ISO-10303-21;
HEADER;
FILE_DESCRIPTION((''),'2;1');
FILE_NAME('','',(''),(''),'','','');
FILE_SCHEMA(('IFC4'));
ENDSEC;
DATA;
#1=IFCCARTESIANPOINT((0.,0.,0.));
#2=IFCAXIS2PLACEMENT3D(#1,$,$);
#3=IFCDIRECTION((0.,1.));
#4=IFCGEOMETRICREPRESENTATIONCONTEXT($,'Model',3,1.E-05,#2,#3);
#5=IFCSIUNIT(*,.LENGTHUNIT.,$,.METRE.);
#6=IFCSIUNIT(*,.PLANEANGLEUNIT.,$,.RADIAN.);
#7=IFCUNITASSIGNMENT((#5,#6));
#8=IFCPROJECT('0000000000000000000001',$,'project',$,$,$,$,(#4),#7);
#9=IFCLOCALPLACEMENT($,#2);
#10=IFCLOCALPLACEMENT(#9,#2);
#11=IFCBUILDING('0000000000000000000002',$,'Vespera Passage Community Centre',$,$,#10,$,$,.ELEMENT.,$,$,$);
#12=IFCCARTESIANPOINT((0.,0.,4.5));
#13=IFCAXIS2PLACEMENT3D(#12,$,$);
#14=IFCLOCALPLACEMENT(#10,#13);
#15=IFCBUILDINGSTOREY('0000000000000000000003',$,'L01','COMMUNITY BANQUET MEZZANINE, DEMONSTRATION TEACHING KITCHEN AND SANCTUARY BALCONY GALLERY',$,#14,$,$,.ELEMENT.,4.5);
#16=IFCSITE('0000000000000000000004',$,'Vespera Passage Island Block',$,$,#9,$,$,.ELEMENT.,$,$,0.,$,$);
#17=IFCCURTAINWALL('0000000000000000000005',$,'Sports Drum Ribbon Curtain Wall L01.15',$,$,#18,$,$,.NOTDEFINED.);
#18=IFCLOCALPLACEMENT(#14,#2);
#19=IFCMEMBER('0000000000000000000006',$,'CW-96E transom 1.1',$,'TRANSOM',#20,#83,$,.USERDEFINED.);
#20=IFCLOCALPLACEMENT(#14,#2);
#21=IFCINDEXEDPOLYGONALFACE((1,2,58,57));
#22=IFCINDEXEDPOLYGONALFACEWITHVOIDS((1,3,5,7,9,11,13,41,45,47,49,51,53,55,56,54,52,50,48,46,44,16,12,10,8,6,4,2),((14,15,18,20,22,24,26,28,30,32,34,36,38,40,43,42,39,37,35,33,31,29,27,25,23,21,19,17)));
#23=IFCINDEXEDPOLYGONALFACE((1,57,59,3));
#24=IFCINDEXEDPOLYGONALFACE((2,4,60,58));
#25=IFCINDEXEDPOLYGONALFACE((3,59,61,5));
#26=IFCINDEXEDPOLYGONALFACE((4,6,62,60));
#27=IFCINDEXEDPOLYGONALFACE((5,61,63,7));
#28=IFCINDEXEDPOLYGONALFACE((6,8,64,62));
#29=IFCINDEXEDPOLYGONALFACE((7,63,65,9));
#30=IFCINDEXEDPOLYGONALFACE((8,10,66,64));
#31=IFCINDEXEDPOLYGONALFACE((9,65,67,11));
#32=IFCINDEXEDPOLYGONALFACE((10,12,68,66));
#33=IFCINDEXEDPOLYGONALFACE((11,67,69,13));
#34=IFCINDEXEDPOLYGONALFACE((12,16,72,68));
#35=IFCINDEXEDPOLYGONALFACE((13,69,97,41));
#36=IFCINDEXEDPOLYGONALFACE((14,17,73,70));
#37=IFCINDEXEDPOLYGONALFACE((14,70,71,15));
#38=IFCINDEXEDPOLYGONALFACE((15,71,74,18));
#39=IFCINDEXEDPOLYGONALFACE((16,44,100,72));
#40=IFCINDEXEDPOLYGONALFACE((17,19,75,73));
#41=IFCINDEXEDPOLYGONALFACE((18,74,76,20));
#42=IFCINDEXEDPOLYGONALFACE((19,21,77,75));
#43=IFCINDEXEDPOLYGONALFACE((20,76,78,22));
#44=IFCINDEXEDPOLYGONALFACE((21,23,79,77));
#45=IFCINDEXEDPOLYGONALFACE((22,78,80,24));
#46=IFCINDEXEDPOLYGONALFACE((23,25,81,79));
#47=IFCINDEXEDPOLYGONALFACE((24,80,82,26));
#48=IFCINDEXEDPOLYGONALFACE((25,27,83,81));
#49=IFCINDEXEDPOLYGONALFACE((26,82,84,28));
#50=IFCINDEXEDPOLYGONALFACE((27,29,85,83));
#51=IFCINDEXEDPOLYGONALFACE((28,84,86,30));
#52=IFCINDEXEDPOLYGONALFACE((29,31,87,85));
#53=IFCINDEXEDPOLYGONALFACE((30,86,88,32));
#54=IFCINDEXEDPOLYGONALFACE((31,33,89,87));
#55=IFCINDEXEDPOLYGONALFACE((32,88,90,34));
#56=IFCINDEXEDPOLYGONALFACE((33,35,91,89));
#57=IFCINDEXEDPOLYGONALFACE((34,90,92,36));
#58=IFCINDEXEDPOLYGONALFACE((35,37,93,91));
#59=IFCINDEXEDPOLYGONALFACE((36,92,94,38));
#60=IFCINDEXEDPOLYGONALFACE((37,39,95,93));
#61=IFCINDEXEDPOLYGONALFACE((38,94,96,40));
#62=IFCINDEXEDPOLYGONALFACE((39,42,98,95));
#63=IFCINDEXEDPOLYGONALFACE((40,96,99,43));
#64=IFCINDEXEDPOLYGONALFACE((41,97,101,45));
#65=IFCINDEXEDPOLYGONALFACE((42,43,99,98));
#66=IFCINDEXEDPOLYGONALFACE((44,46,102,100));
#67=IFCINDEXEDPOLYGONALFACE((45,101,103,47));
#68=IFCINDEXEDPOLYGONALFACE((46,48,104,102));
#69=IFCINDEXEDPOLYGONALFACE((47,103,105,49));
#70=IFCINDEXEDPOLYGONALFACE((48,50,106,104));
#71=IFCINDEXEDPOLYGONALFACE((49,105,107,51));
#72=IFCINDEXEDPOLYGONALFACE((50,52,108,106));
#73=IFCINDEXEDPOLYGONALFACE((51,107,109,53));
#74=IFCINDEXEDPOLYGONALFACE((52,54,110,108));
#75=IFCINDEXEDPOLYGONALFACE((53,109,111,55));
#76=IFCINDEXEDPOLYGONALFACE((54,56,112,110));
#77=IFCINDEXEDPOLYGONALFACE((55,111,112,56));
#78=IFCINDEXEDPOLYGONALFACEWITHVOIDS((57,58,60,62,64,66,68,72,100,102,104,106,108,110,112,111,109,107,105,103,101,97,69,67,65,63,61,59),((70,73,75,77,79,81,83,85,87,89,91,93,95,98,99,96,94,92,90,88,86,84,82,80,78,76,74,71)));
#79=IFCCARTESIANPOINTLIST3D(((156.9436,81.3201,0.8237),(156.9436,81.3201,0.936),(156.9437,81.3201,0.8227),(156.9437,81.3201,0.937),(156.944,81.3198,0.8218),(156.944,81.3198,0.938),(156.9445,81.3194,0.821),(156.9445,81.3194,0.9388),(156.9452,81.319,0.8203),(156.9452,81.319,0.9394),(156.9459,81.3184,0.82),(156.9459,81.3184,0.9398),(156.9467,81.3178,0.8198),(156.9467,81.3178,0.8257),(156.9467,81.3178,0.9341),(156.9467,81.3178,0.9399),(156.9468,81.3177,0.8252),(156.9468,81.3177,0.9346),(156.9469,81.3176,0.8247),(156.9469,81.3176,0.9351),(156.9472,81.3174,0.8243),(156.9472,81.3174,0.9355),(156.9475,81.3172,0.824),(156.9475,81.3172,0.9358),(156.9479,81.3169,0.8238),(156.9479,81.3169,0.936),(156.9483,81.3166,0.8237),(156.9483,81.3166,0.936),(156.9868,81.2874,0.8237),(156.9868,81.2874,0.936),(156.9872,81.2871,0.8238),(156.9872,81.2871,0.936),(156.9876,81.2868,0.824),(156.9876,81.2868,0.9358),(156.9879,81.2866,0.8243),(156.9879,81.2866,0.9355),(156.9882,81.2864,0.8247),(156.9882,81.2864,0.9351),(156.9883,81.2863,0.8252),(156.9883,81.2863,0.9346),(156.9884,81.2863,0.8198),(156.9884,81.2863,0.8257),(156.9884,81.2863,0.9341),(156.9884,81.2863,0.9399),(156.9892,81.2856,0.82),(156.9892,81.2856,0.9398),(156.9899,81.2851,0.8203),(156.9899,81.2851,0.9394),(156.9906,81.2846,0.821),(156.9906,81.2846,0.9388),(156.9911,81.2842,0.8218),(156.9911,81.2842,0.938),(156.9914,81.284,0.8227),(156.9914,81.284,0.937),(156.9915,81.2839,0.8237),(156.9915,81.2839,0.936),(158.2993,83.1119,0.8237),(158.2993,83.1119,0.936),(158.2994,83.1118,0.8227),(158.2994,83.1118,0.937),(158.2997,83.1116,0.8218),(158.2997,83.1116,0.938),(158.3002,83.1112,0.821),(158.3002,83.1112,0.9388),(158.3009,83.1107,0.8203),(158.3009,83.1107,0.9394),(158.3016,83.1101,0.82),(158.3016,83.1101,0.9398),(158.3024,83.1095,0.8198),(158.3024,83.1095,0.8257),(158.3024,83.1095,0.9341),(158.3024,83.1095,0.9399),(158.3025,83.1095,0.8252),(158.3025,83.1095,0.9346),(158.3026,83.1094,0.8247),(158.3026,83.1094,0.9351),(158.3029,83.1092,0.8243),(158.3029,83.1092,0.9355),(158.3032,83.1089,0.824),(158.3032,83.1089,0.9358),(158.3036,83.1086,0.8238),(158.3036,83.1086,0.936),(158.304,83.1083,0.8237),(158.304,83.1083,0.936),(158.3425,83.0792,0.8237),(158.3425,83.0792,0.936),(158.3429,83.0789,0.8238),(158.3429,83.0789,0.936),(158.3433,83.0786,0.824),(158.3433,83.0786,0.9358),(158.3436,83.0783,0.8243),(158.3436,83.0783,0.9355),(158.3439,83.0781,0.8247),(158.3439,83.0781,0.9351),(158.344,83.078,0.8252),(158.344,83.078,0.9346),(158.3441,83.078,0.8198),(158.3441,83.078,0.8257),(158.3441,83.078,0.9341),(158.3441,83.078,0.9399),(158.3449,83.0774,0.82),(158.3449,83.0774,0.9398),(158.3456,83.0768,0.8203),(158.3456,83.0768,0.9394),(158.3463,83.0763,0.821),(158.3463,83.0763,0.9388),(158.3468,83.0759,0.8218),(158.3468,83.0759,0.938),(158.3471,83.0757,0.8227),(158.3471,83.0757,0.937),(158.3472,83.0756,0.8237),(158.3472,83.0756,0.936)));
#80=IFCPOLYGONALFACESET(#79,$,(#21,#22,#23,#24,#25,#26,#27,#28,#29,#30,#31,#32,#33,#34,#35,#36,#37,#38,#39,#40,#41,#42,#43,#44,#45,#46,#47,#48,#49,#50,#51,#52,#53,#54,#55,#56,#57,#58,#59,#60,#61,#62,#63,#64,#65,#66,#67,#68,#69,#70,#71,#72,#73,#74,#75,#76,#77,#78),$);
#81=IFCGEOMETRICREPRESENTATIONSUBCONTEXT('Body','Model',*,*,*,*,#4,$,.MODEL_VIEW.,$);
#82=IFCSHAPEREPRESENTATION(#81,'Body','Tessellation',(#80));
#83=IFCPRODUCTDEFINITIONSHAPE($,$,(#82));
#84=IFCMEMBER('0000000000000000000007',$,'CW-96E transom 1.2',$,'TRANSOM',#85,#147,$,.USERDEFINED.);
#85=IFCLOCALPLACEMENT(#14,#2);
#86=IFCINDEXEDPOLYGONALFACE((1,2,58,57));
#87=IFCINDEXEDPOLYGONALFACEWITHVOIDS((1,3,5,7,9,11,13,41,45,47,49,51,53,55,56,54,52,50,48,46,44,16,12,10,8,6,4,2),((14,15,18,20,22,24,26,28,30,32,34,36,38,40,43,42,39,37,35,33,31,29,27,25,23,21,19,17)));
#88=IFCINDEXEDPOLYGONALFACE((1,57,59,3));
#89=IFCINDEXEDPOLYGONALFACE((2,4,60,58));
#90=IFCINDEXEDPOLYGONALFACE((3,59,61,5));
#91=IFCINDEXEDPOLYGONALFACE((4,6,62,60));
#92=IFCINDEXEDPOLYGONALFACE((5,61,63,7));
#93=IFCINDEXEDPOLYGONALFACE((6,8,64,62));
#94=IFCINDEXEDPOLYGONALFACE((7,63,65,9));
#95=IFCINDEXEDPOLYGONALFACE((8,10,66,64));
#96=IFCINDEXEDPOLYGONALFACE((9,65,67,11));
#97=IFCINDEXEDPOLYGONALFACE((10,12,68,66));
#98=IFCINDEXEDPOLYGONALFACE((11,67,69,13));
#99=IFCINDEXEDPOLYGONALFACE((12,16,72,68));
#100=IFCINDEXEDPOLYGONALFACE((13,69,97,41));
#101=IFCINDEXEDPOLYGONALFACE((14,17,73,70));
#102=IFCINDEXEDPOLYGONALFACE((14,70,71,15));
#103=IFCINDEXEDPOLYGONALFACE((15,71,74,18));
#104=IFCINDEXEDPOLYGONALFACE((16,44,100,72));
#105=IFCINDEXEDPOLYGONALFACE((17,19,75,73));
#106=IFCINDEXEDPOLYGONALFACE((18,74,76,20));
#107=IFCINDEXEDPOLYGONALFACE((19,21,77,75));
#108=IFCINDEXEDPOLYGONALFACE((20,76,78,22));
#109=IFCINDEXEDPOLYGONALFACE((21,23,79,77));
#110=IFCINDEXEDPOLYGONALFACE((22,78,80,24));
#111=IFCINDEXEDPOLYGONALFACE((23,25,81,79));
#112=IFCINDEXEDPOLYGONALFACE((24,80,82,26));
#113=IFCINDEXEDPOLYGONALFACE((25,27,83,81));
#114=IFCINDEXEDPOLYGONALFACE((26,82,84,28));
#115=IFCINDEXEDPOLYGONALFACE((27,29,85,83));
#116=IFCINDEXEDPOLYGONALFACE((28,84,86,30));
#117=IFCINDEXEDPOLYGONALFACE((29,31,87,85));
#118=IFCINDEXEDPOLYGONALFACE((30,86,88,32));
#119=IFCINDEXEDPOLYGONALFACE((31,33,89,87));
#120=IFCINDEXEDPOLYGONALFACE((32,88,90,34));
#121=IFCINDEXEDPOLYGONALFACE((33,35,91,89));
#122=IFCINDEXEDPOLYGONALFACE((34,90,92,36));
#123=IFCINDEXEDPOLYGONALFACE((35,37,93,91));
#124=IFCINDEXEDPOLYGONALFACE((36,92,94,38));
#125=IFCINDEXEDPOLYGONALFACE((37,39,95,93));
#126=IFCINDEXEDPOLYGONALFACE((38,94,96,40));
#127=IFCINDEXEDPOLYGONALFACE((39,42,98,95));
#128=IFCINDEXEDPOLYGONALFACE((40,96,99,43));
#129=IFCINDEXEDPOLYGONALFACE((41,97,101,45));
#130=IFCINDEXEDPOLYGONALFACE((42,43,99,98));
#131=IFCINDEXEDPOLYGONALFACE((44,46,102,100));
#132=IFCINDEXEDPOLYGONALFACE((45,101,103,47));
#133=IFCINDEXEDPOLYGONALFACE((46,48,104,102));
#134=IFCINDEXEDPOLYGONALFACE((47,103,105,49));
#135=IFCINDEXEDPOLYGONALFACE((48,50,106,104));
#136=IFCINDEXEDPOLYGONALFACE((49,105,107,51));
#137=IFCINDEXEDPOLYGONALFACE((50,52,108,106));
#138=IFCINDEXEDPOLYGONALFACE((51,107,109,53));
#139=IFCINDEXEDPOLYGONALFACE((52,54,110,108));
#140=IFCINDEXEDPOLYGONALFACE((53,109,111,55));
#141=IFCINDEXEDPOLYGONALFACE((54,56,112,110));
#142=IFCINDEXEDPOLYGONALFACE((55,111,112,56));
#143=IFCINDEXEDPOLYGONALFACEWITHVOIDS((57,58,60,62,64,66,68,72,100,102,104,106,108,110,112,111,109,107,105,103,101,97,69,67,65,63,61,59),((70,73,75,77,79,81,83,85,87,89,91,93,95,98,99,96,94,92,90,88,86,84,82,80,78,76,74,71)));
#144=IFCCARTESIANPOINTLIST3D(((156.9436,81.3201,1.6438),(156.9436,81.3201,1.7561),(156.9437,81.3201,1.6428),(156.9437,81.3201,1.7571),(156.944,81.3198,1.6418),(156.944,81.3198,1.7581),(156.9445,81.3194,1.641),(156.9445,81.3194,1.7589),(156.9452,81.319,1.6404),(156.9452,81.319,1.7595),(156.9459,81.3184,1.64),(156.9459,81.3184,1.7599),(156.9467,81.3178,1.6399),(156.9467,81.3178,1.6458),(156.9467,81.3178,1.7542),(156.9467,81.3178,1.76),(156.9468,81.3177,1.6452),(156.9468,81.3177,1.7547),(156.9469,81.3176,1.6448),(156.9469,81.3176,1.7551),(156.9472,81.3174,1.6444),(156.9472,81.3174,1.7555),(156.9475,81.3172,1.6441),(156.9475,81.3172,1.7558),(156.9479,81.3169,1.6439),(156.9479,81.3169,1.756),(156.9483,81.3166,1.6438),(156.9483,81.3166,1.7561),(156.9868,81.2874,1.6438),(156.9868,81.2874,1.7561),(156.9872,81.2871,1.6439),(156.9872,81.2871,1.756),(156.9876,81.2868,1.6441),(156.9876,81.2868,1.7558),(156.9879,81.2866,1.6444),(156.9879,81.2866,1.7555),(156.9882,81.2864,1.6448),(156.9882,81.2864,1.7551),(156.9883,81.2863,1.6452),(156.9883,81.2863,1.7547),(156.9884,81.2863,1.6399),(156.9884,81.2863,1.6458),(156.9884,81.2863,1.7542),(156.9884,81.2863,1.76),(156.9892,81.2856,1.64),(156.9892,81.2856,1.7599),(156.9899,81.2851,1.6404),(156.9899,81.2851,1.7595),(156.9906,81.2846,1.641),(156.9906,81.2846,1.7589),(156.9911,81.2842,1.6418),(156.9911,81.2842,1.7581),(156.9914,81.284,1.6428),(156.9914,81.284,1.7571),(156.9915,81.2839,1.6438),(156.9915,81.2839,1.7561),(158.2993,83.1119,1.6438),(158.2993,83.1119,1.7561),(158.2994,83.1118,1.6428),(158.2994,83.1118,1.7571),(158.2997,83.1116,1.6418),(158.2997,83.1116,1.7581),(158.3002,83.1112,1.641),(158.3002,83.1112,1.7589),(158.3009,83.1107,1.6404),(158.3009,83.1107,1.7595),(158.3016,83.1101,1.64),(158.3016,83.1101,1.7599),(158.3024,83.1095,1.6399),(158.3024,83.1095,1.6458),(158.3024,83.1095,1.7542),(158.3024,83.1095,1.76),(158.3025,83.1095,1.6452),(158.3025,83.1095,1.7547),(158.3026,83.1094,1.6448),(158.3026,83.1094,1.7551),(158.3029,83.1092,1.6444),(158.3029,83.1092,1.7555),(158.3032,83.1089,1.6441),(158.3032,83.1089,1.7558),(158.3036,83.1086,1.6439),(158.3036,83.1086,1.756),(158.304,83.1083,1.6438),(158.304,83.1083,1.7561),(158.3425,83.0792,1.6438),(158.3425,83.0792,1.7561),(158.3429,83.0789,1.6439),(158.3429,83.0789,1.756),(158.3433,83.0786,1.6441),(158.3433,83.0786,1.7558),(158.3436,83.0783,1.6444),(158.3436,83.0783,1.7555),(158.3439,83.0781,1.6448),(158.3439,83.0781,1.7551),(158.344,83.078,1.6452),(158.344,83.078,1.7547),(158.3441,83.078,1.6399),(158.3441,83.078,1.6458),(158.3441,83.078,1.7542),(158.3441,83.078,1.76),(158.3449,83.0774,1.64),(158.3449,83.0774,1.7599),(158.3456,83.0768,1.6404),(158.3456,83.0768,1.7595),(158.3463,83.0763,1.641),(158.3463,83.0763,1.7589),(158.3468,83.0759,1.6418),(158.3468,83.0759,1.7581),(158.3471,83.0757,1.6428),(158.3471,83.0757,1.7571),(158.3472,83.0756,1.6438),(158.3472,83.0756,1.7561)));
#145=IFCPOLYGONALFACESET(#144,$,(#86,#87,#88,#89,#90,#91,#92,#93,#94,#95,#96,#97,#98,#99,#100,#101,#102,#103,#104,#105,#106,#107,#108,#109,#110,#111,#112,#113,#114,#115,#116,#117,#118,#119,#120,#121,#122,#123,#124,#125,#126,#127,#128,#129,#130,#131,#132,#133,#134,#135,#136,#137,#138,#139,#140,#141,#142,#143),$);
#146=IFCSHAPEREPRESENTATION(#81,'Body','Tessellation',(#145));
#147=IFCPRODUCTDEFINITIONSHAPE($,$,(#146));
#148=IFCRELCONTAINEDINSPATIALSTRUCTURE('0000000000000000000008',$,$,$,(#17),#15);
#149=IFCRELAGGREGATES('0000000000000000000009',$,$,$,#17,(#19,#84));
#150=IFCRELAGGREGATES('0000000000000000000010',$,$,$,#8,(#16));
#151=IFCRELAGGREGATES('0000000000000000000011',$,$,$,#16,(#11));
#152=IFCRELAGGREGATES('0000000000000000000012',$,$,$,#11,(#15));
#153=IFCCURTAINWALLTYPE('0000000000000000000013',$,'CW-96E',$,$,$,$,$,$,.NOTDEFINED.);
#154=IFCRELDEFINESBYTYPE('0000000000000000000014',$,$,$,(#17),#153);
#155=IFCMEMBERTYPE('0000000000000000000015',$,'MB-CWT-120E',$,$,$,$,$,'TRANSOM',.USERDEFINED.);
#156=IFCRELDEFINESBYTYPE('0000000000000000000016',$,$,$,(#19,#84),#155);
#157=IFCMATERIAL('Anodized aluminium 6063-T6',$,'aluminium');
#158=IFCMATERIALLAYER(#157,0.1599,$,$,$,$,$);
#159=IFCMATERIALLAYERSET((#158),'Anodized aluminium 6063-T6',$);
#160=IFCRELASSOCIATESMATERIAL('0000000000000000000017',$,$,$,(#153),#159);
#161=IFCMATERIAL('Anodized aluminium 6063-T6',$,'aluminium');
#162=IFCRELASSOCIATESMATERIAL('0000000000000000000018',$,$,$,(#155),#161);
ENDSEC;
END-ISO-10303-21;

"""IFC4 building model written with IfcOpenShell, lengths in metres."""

from ifc_helpers import new_model, si_unit, direction, frame, origin, origin_2d, place, context, subcontext, project, spatial, hollow_rectangle, extrude, material, layer, layer_set, material_profile, profile_set, type_object, element, aggregate, save


model = new_model("IFC4")

# Units and contexts
model_context = context("Model", 3, precision=1e-05, world=origin(), true_north=direction((0.0, 1.0)))
body_context = subcontext(model_context, "Body", "Model", "MODEL_VIEW")
ifc_project = project(units=[si_unit("LENGTHUNIT", "METRE"), si_unit("PLANEANGLEUNIT", "RADIAN")], contexts=[model_context])

# Site, building, storey
site_placement = place(None, origin())
site = spatial("IfcSite", under=ifc_project, at=site_placement, Name="Vespera Passage Island Block", CompositionType="ELEMENT", RefElevation=0.0)
building_placement = place(site_placement, origin())
building = spatial("IfcBuilding", under=site, at=building_placement, Name="Vespera Passage Community Centre", CompositionType="ELEMENT")
storey_placement = place(building_placement, frame((0.0, 0.0, 4.5)))
storey = spatial("IfcBuildingStorey", under=building, at=storey_placement, Name="L01", Description="COMMUNITY BANQUET MEZZANINE, DEMONSTRATION TEACHING KITCHEN AND SANCTUARY BALCONY GALLERY", CompositionType="ELEMENT", Elevation=4.5)

# Curtain wall
ifc_material_1 = material(Name="Anodized aluminium 6063-T6", Category="aluminium")
ifc_layer_1 = layer(ifc_material_1, 0.1599)
ifc_layer_set_1 = layer_set([ifc_layer_1], Name="Anodized aluminium 6063-T6")
curtain_wall_type_1 = type_object("IfcCurtainWallType", Name="CW-96E", PredefinedType="NOTDEFINED", material=ifc_layer_set_1)
curtain_wall_1_placement = place(storey_placement, origin())
curtain_wall_1 = element("IfcCurtainWall", 1, at=curtain_wall_1_placement, inside=storey, type_object=curtain_wall_type_1, Name="Sports Drum Ribbon Curtain Wall L01.15", PredefinedType="NOTDEFINED")

# Members
ifc_material_2 = material(Name="Anodized aluminium 6063-T6", Category="aluminium")
ifc_material_profile_1 = material_profile(ifc_material_2, hollow_rectangle(XDim=0.0601, YDim=0.1201, WallThickness=0.0039, InnerFilletRadius=0.002, OuterFilletRadius=0.0039, at=origin_2d()), Name="ALU120X60X4")
ifc_profile_set_1 = profile_set([ifc_material_profile_1], Name="Anodized aluminium 6063-T6")
member_type_1 = type_object("IfcMemberType", Name="MB-CWT-120E", ElementType="TRANSOM", PredefinedType="USERDEFINED", material=ifc_profile_set_1)
member_1_placement = place(storey_placement, frame((158.3232, 83.0938, 0.8799), z_axis=(-0.603385, -0.79745, 0.0), x_axis=(0.79745, -0.603385, 0.0)))
member_1 = element("IfcMember", 2, at=member_1_placement, type_object=member_type_1, Name="CW-96E transom 1.1", ObjectType="TRANSOM", PredefinedType="USERDEFINED", context=body_context, shape_type="SweptSolid", body=[
    extrude(hollow_rectangle(XDim=0.0601, YDim=0.1201, WallThickness=0.0039, InnerFilletRadius=0.002, OuterFilletRadius=0.0039, at=origin_2d()), origin(), (0.0, 0.0, 1.0), 2.2468),
])
member_2_placement = place(storey_placement, frame((158.3232, 83.0938, 1.7), z_axis=(-0.603385, -0.79745, 0.0), x_axis=(0.79745, -0.603385, 0.0)))
member_2 = element("IfcMember", 3, at=member_2_placement, type_object=member_type_1, Name="CW-96E transom 1.2", ObjectType="TRANSOM", PredefinedType="USERDEFINED", context=body_context, shape_type="SweptSolid", body=[
    extrude(hollow_rectangle(XDim=0.0601, YDim=0.1201, WallThickness=0.0039, InnerFilletRadius=0.002, OuterFilletRadius=0.0039, at=origin_2d()), origin(), (0.0, 0.0, 1.0), 2.2468),
])

aggregate(curtain_wall_1, [member_1, member_2])

save(model, "model.ifc")
